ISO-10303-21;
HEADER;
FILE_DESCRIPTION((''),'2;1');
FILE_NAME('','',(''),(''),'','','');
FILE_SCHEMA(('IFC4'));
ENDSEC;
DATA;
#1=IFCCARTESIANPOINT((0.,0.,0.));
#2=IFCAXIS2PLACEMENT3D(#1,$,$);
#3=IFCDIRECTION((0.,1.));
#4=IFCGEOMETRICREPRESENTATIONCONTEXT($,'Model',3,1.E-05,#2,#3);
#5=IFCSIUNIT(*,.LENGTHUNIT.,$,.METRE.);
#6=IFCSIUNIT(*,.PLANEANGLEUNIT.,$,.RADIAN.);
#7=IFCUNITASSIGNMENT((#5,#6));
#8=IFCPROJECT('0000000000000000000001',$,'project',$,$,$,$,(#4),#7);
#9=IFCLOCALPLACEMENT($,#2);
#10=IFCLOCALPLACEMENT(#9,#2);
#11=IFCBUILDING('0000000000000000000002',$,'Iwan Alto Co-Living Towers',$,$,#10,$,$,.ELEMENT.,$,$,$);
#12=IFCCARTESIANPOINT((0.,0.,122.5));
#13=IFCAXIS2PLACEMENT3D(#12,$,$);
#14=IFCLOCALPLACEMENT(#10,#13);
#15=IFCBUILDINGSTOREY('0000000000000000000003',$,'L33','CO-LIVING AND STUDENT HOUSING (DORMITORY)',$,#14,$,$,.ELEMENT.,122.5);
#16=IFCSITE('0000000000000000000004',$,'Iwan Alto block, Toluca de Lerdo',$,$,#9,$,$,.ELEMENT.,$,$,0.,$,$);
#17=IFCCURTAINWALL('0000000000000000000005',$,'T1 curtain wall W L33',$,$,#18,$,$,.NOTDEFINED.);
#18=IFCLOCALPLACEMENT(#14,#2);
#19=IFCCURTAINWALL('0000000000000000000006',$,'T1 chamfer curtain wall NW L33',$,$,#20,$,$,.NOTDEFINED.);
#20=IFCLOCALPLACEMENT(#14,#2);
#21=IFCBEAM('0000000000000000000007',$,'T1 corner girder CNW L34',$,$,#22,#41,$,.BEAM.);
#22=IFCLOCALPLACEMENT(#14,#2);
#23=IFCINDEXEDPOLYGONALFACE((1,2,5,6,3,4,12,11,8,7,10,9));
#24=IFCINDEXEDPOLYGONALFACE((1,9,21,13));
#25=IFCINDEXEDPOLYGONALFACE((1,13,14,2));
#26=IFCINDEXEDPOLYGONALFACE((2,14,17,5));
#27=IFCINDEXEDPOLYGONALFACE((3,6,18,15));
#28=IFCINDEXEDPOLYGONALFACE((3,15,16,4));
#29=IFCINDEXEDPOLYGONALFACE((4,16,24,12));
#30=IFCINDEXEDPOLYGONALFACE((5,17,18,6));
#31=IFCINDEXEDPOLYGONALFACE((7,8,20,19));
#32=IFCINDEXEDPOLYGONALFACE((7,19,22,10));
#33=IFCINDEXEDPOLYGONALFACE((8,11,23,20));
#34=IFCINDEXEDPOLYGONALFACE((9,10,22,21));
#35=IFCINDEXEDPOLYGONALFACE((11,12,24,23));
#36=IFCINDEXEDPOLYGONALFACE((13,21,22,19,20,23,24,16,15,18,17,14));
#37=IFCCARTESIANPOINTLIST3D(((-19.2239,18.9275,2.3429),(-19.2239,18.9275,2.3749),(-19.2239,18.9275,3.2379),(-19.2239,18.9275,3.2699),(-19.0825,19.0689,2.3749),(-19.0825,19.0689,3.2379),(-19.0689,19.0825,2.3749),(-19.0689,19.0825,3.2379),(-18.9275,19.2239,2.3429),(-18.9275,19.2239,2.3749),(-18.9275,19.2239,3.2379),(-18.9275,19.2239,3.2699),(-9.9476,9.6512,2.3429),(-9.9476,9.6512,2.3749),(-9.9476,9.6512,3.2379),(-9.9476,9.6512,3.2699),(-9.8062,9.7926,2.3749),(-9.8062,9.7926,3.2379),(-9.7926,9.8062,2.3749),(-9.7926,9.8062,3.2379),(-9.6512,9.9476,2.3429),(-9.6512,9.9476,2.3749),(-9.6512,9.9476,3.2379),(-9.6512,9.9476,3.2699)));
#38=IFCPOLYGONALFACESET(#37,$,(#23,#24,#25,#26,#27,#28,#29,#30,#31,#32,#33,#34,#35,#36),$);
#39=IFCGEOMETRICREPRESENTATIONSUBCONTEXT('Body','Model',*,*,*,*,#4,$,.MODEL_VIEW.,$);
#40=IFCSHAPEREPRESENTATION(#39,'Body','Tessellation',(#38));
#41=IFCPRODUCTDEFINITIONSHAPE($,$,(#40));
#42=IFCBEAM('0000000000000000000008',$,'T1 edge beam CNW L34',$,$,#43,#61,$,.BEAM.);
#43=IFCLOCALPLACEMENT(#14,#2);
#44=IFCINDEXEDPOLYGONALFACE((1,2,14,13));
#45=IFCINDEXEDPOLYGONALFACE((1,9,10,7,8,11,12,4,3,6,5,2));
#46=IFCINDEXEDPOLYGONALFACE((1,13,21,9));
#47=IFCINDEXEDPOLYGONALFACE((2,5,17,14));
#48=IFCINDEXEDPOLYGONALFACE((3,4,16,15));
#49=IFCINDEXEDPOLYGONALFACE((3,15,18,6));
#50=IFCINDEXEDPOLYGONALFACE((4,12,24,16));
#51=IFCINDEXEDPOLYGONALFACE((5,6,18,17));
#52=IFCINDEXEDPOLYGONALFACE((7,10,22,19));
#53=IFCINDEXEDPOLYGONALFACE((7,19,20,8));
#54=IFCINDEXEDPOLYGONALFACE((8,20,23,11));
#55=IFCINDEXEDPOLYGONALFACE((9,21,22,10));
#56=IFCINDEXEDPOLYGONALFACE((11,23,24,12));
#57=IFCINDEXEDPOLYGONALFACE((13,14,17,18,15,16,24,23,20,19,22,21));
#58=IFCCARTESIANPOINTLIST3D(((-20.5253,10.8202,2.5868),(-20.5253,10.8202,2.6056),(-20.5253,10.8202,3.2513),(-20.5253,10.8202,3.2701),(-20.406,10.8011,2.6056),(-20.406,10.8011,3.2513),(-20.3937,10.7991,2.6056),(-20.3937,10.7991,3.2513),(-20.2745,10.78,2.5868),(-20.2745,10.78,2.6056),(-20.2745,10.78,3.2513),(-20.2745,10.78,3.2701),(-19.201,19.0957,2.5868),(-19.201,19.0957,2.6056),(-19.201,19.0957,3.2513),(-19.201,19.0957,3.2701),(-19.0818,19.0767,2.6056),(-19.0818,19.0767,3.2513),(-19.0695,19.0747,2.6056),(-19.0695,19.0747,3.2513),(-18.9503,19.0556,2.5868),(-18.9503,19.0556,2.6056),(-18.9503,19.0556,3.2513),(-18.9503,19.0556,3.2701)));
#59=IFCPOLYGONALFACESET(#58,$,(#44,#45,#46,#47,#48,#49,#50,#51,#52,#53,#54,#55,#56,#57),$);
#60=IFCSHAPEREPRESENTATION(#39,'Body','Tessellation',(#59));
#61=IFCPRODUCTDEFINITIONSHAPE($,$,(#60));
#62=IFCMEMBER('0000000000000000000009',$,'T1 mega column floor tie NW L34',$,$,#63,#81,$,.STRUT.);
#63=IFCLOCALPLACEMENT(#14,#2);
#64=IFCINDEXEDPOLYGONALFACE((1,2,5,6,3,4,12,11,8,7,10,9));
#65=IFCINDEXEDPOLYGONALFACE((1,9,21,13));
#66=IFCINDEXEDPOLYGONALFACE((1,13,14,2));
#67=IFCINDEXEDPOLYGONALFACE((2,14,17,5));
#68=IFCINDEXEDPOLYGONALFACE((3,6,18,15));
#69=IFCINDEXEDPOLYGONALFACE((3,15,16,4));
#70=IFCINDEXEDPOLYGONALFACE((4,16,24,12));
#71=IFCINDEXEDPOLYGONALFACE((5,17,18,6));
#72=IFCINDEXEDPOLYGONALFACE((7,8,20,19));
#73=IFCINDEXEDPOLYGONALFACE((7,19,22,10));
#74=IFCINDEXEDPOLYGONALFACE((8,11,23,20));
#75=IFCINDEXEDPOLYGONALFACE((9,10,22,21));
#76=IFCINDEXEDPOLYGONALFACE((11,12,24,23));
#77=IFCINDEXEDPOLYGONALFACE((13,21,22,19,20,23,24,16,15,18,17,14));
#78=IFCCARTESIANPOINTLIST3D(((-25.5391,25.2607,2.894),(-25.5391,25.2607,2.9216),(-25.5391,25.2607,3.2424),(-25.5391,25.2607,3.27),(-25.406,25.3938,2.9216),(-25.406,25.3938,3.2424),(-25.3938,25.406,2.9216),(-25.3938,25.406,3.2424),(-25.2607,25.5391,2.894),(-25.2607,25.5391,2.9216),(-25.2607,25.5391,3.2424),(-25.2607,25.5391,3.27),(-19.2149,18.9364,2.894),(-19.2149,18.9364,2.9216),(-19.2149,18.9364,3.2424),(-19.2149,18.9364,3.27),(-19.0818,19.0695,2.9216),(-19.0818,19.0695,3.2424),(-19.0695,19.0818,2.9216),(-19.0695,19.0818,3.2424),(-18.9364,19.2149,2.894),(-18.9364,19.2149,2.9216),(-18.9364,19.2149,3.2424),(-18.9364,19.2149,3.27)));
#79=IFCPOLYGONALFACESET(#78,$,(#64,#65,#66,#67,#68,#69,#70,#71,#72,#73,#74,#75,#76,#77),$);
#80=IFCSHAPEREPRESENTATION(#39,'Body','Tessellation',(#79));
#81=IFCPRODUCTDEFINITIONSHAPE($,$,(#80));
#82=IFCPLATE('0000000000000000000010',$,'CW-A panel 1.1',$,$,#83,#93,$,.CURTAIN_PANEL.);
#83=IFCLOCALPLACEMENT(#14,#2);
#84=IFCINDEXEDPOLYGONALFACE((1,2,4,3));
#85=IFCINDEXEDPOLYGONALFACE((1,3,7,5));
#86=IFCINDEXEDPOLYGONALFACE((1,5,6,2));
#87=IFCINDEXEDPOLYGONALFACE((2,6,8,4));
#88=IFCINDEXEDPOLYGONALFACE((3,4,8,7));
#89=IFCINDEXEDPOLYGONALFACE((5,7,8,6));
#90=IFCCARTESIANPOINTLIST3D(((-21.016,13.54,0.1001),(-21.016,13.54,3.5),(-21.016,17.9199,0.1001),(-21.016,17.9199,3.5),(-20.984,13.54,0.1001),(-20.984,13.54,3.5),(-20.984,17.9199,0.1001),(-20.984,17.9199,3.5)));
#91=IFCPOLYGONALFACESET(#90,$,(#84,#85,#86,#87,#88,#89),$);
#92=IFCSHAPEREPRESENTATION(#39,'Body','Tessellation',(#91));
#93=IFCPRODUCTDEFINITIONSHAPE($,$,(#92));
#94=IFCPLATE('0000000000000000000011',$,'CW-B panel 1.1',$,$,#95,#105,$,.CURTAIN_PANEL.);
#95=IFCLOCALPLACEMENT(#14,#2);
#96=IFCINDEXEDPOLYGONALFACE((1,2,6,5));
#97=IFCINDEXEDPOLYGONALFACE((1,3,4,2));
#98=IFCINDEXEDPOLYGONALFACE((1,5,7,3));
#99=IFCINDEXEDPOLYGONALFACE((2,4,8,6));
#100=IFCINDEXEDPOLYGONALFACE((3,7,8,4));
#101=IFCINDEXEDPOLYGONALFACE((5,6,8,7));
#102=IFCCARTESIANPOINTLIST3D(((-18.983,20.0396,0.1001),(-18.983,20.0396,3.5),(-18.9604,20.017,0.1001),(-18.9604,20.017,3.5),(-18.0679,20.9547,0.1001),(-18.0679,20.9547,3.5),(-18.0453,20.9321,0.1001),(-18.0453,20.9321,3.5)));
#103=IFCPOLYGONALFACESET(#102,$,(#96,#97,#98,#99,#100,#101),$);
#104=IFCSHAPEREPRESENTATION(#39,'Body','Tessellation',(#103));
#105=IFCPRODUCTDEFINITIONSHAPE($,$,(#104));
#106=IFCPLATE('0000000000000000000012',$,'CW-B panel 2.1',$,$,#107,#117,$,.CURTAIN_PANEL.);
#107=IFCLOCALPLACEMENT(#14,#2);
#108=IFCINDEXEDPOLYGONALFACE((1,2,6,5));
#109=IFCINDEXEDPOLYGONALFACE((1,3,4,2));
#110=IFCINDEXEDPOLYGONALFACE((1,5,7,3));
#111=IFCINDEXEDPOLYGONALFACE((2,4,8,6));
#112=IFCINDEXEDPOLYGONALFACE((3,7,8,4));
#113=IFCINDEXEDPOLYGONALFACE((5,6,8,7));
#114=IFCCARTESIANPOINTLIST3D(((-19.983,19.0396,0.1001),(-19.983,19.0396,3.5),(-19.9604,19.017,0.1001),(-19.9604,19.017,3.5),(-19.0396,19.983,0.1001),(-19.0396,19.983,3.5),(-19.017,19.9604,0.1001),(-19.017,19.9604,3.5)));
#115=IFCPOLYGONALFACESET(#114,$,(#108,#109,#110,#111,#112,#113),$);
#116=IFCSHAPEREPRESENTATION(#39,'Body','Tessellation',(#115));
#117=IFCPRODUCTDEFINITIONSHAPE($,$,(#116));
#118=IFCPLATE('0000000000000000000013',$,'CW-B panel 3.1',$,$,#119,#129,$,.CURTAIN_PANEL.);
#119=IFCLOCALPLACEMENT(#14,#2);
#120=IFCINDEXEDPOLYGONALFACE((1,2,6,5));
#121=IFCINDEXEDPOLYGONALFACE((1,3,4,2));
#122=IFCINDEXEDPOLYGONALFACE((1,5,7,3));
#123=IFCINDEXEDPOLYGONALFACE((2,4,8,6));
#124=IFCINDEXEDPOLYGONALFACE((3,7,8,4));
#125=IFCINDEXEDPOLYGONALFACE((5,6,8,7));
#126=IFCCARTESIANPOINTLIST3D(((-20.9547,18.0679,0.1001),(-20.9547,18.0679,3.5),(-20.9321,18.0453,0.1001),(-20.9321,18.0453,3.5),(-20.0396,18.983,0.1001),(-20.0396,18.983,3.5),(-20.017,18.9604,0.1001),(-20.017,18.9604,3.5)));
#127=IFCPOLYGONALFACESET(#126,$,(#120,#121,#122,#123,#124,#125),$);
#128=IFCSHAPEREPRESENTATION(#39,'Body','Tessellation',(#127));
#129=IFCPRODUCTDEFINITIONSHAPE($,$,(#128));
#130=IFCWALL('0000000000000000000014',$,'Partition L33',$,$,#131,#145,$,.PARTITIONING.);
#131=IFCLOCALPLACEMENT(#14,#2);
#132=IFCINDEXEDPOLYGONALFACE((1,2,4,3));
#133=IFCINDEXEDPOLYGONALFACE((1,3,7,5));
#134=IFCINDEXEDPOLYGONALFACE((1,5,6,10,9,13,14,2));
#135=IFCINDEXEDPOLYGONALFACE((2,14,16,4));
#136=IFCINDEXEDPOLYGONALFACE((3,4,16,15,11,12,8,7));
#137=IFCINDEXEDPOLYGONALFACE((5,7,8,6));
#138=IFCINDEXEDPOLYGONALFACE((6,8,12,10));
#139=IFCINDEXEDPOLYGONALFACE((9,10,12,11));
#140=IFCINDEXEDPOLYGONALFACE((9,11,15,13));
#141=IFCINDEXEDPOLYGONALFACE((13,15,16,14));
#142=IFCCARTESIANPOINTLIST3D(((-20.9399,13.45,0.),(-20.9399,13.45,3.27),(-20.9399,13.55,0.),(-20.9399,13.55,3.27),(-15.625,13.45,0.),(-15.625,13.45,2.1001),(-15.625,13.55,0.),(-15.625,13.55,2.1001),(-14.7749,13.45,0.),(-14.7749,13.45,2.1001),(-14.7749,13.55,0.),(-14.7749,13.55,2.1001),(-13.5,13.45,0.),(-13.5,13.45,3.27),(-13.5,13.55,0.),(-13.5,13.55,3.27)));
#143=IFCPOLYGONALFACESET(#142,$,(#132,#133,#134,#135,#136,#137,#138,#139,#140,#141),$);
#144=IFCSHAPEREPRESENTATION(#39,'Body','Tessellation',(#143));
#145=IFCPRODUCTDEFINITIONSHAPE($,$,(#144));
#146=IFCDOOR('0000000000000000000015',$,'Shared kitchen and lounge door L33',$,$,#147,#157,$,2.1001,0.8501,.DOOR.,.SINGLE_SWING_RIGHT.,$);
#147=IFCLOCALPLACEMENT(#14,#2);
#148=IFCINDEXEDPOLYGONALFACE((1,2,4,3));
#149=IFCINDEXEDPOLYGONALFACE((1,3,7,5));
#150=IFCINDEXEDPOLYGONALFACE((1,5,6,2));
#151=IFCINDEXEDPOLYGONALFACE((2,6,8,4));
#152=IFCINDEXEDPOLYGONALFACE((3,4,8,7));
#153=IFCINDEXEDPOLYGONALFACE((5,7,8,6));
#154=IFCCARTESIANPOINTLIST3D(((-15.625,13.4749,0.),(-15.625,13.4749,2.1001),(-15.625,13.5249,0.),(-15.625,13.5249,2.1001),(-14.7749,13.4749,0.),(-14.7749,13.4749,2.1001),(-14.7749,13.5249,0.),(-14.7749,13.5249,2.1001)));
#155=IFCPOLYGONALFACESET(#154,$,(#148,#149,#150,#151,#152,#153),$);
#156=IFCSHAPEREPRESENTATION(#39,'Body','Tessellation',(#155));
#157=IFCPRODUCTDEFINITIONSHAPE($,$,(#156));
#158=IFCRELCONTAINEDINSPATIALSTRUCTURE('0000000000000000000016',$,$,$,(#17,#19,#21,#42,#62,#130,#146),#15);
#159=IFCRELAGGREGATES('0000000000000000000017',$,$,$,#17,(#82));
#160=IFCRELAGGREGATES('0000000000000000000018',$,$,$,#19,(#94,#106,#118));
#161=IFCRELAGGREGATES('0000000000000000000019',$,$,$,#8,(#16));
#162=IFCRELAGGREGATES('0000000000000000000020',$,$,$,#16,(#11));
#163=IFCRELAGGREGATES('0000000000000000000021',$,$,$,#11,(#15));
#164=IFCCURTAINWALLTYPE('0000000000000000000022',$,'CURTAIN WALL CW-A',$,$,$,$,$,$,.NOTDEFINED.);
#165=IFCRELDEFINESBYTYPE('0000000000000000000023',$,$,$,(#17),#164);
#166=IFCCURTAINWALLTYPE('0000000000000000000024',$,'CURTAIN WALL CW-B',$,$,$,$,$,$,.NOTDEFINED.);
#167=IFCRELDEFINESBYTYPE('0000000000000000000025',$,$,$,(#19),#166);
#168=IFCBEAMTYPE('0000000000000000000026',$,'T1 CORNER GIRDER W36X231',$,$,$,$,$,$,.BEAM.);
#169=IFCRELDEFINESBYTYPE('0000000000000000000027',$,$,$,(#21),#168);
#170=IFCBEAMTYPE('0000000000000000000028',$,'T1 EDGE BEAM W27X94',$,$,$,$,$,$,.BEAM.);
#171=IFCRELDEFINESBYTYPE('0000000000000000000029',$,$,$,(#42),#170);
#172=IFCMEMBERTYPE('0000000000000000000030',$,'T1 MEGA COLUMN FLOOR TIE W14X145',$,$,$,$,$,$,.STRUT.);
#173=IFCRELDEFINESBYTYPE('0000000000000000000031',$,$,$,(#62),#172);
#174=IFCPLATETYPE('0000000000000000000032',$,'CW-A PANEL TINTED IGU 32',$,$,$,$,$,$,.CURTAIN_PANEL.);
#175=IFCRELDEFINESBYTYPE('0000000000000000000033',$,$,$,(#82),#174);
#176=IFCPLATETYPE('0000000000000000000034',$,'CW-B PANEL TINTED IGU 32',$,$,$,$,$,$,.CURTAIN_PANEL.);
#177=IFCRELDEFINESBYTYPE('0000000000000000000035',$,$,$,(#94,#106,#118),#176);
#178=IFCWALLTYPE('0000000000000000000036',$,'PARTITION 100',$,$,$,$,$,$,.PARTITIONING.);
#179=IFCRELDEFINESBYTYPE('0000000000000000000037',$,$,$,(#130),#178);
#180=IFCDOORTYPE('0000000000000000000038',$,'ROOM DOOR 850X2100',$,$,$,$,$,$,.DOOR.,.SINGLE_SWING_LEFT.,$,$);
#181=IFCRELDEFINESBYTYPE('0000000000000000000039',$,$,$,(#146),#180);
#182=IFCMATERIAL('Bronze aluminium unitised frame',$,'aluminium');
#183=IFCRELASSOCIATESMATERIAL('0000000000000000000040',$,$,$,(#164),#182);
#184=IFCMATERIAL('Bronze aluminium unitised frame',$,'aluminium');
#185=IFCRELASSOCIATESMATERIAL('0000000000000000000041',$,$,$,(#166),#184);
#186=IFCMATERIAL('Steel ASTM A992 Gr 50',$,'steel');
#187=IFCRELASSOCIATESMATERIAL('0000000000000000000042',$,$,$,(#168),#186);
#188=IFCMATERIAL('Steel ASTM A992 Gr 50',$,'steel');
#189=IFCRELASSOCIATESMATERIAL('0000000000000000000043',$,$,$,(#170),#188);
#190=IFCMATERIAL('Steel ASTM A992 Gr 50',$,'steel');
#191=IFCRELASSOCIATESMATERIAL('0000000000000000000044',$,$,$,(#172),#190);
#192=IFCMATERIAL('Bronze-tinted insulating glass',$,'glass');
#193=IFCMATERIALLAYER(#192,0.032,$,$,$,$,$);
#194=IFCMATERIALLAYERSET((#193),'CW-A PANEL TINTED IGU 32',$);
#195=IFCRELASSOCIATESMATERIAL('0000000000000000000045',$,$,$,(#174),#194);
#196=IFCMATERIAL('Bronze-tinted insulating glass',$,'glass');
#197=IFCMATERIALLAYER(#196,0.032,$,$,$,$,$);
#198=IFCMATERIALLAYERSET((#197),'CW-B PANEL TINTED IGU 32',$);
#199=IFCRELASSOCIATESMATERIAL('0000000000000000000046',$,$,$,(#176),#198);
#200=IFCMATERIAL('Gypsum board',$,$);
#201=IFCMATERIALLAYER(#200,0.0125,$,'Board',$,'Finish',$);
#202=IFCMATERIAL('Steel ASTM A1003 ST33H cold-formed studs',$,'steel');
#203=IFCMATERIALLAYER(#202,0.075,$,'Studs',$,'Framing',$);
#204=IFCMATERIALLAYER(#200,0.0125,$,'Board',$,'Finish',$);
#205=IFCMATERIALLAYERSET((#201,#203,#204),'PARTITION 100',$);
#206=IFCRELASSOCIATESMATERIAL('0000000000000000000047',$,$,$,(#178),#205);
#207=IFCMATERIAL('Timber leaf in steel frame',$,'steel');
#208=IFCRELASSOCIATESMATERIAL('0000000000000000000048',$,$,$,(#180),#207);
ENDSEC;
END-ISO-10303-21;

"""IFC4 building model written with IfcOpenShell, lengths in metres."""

from ifc_helpers import new_model, si_unit, direction, frame, frame_2d, origin, origin_2d, place, context, subcontext, project, spatial, rectangle, i_section, extrude, material, layer, layer_set, material_profile, profile_set, type_object, element, fill, aggregate, save


model = new_model("IFC4")

# Units and contexts
model_context = context("Model", 3, precision=1e-05, world=origin(), true_north=direction((0.0, 1.0)))
body_context = subcontext(model_context, "Body", "Model", "MODEL_VIEW")
ifc_project = project(units=[si_unit("LENGTHUNIT", "METRE"), si_unit("PLANEANGLEUNIT", "RADIAN")], contexts=[model_context])

# Site, building, storey
site_placement = place(None, origin())
site = spatial("IfcSite", under=ifc_project, at=site_placement, Name="Iwan Alto block, Toluca de Lerdo", CompositionType="ELEMENT", RefElevation=0.0)
building_placement = place(site_placement, origin())
building = spatial("IfcBuilding", under=site, at=building_placement, Name="Iwan Alto Co-Living Towers", CompositionType="ELEMENT")
storey_placement = place(building_placement, frame((0.0, 0.0, 122.5)))
storey = spatial("IfcBuildingStorey", under=building, at=storey_placement, Name="L33", Description="CO-LIVING AND STUDENT HOUSING (DORMITORY)", CompositionType="ELEMENT", Elevation=122.5)

# Curtain walls
ifc_material_1 = material(Name="Bronze aluminium unitised frame", Category="aluminium")
curtain_wall_type_1 = type_object("IfcCurtainWallType", Name="CURTAIN WALL CW-A", PredefinedType="NOTDEFINED", material=ifc_material_1)
curtain_wall_1_placement = place(storey_placement, origin())
curtain_wall_1 = element("IfcCurtainWall", 1, at=curtain_wall_1_placement, inside=storey, type_object=curtain_wall_type_1, Name="T1 curtain wall W L33", PredefinedType="NOTDEFINED")
ifc_material_2 = material(Name="Bronze aluminium unitised frame", Category="aluminium")
curtain_wall_type_2 = type_object("IfcCurtainWallType", Name="CURTAIN WALL CW-B", PredefinedType="NOTDEFINED", material=ifc_material_2)
curtain_wall_2_placement = place(storey_placement, origin())
curtain_wall_2 = element("IfcCurtainWall", 2, at=curtain_wall_2_placement, inside=storey, type_object=curtain_wall_type_2, Name="T1 chamfer curtain wall NW L33", PredefinedType="NOTDEFINED")

# Beams
ifc_material_3 = material(Name="Steel ASTM A992 Gr 50", Category="steel")
ifc_material_profile_1 = material_profile(ifc_material_3, i_section(OverallWidth=0.4192, OverallDepth=0.927, WebThickness=0.0193, FlangeThickness=0.032, at=origin_2d()), Name="W36X231")
ifc_profile_set_1 = profile_set([ifc_material_profile_1], Name="Steel ASTM A992 Gr 50")
beam_type_1 = type_object("IfcBeamType", Name="T1 CORNER GIRDER W36X231", PredefinedType="BEAM", material=ifc_profile_set_1)
beam_1_placement = place(storey_placement, frame((-19.0757, 19.0757, 2.8064), z_axis=(0.707107, -0.707107, 0.0), x_axis=(0.707107, 0.707107, 0.0)))
element("IfcBeam", 3, at=beam_1_placement, inside=storey, type_object=beam_type_1, Name="T1 corner girder CNW L34", PredefinedType="BEAM", context=body_context, shape_type="SweptSolid", body=[
    extrude(i_section(OverallWidth=0.4192, OverallDepth=0.927, WebThickness=0.0193, FlangeThickness=0.032, at=origin_2d()), origin(), (0.0, 0.0, 1.0), 13.1187),
])
ifc_material_4 = material(Name="Steel ASTM A992 Gr 50", Category="steel")
ifc_material_profile_2 = material_profile(ifc_material_4, i_section(OverallWidth=0.2539, OverallDepth=0.6833, WebThickness=0.0125, FlangeThickness=0.0188, at=origin_2d()), Name="W27X94")
ifc_profile_set_2 = profile_set([ifc_material_profile_2], Name="Steel ASTM A992 Gr 50")
beam_type_2 = type_object("IfcBeamType", Name="T1 EDGE BEAM W27X94", PredefinedType="BEAM", material=ifc_profile_set_2)
beam_2_placement = place(storey_placement, frame((-19.0757, 19.0757, 2.9285), z_axis=(-0.158004, -0.987438, 0.0), x_axis=(0.987438, -0.158004, 0.0)))
element("IfcBeam", 4, at=beam_2_placement, inside=storey, type_object=beam_type_2, Name="T1 edge beam CNW L34", PredefinedType="BEAM", context=body_context, shape_type="SweptSolid", body=[
    extrude(i_section(OverallWidth=0.2539, OverallDepth=0.6833, WebThickness=0.0125, FlangeThickness=0.0188, at=origin_2d()), origin(), (0.0, 0.0, 1.0), 8.3809),
])

# Member
ifc_material_5 = material(Name="Steel ASTM A992 Gr 50", Category="steel")
ifc_material_profile_3 = material_profile(ifc_material_5, i_section(OverallWidth=0.3938, OverallDepth=0.376, WebThickness=0.0173, FlangeThickness=0.0276, at=origin_2d()), Name="W14X145")
ifc_profile_set_3 = profile_set([ifc_material_profile_3], Name="Steel ASTM A992 Gr 50")
member_type_1 = type_object("IfcMemberType", Name="T1 MEGA COLUMN FLOOR TIE W14X145", PredefinedType="STRUT", material=ifc_profile_set_3)
member_1_placement = place(storey_placement, frame((-25.3999, 25.3999, 3.082), z_axis=(0.707107, -0.707107, 0.0), x_axis=(0.707107, 0.707107, 0.0)))
element("IfcMember", 5, at=member_1_placement, inside=storey, type_object=member_type_1, Name="T1 mega column floor tie NW L34", PredefinedType="STRUT", context=body_context, shape_type="SweptSolid", body=[
    extrude(i_section(OverallWidth=0.3938, OverallDepth=0.376, WebThickness=0.0173, FlangeThickness=0.0276, at=origin_2d()), origin(), (0.0, 0.0, 1.0), 8.9438),
])

# Plates
ifc_material_6 = material(Name="Bronze-tinted insulating glass", Category="glass")
ifc_layer_1 = layer(ifc_material_6, 0.032)
ifc_layer_set_1 = layer_set([ifc_layer_1], Name="CW-A PANEL TINTED IGU 32")
plate_type_1 = type_object("IfcPlateType", Name="CW-A PANEL TINTED IGU 32", PredefinedType="CURTAIN_PANEL", material=ifc_layer_set_1)
plate_1_placement = place(storey_placement, frame((-21.0, 15.73, 0.1001), z_axis=(0.0, 0.0, 1.0), x_axis=(0.0, -1.0, 0.0)))
plate_1 = element("IfcPlate", 6, at=plate_1_placement, type_object=plate_type_1, Name="CW-A panel 1.1", PredefinedType="CURTAIN_PANEL", context=body_context, shape_type="SweptSolid", body=[
    extrude(rectangle(XDim=4.3799, YDim=0.032, at=origin_2d()), origin(), (0.0, 0.0, 1.0), 3.3999),
])
aggregate(curtain_wall_1, [plate_1])
ifc_material_7 = material(Name="Bronze-tinted insulating glass", Category="glass")
ifc_layer_2 = layer(ifc_material_7, 0.032)
ifc_layer_set_2 = layer_set([ifc_layer_2], Name="CW-B PANEL TINTED IGU 32")
plate_type_2 = type_object("IfcPlateType", Name="CW-B PANEL TINTED IGU 32", PredefinedType="CURTAIN_PANEL", material=ifc_layer_set_2)
plate_2_placement = place(storey_placement, frame((-18.5142, 20.4858, 0.1001), z_axis=(0.0, 0.0, 1.0), x_axis=(-0.707107, -0.707107, 0.0)))
plate_2 = element("IfcPlate", 7, at=plate_2_placement, type_object=plate_type_2, Name="CW-B panel 1.1", PredefinedType="CURTAIN_PANEL", context=body_context, shape_type="SweptSolid", body=[
    extrude(rectangle(XDim=1.2942, YDim=0.032, at=origin_2d()), origin(), (0.0, 0.0, 1.0), 3.3999),
])
plate_3_placement = place(storey_placement, frame((-19.5, 19.5, 0.1001), z_axis=(0.0, 0.0, 1.0), x_axis=(-0.707107, -0.707107, 0.0)))
plate_3 = element("IfcPlate", 8, at=plate_3_placement, type_object=plate_type_2, Name="CW-B panel 2.1", PredefinedType="CURTAIN_PANEL", context=body_context, shape_type="SweptSolid", body=[
    extrude(rectangle(XDim=1.3342, YDim=0.032, at=origin_2d()), origin(), (0.0, 0.0, 1.0), 3.3999),
])
plate_4_placement = place(storey_placement, frame((-20.4858, 18.5142, 0.1001), z_axis=(0.0, 0.0, 1.0), x_axis=(-0.707107, -0.707107, 0.0)))
plate_4 = element("IfcPlate", 9, at=plate_4_placement, type_object=plate_type_2, Name="CW-B panel 3.1", PredefinedType="CURTAIN_PANEL", context=body_context, shape_type="SweptSolid", body=[
    extrude(rectangle(XDim=1.2942, YDim=0.032, at=origin_2d()), origin(), (0.0, 0.0, 1.0), 3.3999),
])
aggregate(curtain_wall_2, [plate_2, plate_3, plate_4])

# Wall, opening, door
ifc_material_8 = material(Name="Gypsum board")
ifc_layer_3 = layer(ifc_material_8, 0.0125, Name="Board", Category="Finish")
ifc_material_9 = material(Name="Steel ASTM A1003 ST33H cold-formed studs", Category="steel")
ifc_layer_4 = layer(ifc_material_9, 0.075, Name="Studs", Category="Framing")
ifc_layer_5 = layer(ifc_material_8, 0.0125, Name="Board", Category="Finish")
ifc_layer_set_3 = layer_set([ifc_layer_3, ifc_layer_4, ifc_layer_5], Name="PARTITION 100")
wall_type = type_object("IfcWallType", Name="PARTITION 100", PredefinedType="PARTITIONING", material=ifc_layer_set_3)
wall_placement = place(storey_placement, frame((-20.9399, 13.5, 0.0), z_axis=(0.0, 0.0, 1.0), x_axis=(1.0, 0.0, 0.0)))
wall = element("IfcWall", 10, at=wall_placement, inside=storey, type_object=wall_type, Name="Partition L33", PredefinedType="PARTITIONING", context=body_context, shape_type="SweptSolid", body=[
    extrude(rectangle(XDim=7.4399, YDim=0.1001, at=frame_2d((3.72, 0.0))), origin(), (0.0, 0.0, 1.0), 3.27),
])
opening_placement = place(wall_placement, frame((5.3149, 0.0, 0.0)))
opening = element("IfcOpeningElement", 11, at=opening_placement, cuts=wall, PredefinedType="OPENING", context=body_context, shape_type="SweptSolid", body=[
    extrude(rectangle(XDim=0.8501, YDim=2.1001, at=frame_2d((0.425, 1.05))), frame((0.0, 0.0601, 0.0), z_axis=(0.0, -1.0, 0.0), x_axis=(1.0, 0.0, 0.0)), (0.0, 0.0, 1.0), 0.1201),
])
ifc_material_10 = material(Name="Timber leaf in steel frame", Category="steel")
door_type = type_object("IfcDoorType", Name="ROOM DOOR 850X2100", OperationType="SINGLE_SWING_LEFT", PredefinedType="DOOR", material=ifc_material_10)
door_placement = place(opening_placement, origin())
door = element("IfcDoor", 12, at=door_placement, inside=storey, type_object=door_type, Name="Shared kitchen and lounge door L33", OperationType="SINGLE_SWING_RIGHT", OverallHeight=2.1001, OverallWidth=0.8501, PredefinedType="DOOR", context=body_context, shape_type="SweptSolid", body=[
    extrude(rectangle(XDim=0.8501, YDim=2.1001, at=frame_2d((0.425, 1.05))), frame((0.0, 0.0249, 0.0), z_axis=(0.0, -1.0, 0.0), x_axis=(1.0, 0.0, 0.0)), (0.0, 0.0, 1.0), 0.05),
])
fill(opening, door)

save(model, "model.ifc")
